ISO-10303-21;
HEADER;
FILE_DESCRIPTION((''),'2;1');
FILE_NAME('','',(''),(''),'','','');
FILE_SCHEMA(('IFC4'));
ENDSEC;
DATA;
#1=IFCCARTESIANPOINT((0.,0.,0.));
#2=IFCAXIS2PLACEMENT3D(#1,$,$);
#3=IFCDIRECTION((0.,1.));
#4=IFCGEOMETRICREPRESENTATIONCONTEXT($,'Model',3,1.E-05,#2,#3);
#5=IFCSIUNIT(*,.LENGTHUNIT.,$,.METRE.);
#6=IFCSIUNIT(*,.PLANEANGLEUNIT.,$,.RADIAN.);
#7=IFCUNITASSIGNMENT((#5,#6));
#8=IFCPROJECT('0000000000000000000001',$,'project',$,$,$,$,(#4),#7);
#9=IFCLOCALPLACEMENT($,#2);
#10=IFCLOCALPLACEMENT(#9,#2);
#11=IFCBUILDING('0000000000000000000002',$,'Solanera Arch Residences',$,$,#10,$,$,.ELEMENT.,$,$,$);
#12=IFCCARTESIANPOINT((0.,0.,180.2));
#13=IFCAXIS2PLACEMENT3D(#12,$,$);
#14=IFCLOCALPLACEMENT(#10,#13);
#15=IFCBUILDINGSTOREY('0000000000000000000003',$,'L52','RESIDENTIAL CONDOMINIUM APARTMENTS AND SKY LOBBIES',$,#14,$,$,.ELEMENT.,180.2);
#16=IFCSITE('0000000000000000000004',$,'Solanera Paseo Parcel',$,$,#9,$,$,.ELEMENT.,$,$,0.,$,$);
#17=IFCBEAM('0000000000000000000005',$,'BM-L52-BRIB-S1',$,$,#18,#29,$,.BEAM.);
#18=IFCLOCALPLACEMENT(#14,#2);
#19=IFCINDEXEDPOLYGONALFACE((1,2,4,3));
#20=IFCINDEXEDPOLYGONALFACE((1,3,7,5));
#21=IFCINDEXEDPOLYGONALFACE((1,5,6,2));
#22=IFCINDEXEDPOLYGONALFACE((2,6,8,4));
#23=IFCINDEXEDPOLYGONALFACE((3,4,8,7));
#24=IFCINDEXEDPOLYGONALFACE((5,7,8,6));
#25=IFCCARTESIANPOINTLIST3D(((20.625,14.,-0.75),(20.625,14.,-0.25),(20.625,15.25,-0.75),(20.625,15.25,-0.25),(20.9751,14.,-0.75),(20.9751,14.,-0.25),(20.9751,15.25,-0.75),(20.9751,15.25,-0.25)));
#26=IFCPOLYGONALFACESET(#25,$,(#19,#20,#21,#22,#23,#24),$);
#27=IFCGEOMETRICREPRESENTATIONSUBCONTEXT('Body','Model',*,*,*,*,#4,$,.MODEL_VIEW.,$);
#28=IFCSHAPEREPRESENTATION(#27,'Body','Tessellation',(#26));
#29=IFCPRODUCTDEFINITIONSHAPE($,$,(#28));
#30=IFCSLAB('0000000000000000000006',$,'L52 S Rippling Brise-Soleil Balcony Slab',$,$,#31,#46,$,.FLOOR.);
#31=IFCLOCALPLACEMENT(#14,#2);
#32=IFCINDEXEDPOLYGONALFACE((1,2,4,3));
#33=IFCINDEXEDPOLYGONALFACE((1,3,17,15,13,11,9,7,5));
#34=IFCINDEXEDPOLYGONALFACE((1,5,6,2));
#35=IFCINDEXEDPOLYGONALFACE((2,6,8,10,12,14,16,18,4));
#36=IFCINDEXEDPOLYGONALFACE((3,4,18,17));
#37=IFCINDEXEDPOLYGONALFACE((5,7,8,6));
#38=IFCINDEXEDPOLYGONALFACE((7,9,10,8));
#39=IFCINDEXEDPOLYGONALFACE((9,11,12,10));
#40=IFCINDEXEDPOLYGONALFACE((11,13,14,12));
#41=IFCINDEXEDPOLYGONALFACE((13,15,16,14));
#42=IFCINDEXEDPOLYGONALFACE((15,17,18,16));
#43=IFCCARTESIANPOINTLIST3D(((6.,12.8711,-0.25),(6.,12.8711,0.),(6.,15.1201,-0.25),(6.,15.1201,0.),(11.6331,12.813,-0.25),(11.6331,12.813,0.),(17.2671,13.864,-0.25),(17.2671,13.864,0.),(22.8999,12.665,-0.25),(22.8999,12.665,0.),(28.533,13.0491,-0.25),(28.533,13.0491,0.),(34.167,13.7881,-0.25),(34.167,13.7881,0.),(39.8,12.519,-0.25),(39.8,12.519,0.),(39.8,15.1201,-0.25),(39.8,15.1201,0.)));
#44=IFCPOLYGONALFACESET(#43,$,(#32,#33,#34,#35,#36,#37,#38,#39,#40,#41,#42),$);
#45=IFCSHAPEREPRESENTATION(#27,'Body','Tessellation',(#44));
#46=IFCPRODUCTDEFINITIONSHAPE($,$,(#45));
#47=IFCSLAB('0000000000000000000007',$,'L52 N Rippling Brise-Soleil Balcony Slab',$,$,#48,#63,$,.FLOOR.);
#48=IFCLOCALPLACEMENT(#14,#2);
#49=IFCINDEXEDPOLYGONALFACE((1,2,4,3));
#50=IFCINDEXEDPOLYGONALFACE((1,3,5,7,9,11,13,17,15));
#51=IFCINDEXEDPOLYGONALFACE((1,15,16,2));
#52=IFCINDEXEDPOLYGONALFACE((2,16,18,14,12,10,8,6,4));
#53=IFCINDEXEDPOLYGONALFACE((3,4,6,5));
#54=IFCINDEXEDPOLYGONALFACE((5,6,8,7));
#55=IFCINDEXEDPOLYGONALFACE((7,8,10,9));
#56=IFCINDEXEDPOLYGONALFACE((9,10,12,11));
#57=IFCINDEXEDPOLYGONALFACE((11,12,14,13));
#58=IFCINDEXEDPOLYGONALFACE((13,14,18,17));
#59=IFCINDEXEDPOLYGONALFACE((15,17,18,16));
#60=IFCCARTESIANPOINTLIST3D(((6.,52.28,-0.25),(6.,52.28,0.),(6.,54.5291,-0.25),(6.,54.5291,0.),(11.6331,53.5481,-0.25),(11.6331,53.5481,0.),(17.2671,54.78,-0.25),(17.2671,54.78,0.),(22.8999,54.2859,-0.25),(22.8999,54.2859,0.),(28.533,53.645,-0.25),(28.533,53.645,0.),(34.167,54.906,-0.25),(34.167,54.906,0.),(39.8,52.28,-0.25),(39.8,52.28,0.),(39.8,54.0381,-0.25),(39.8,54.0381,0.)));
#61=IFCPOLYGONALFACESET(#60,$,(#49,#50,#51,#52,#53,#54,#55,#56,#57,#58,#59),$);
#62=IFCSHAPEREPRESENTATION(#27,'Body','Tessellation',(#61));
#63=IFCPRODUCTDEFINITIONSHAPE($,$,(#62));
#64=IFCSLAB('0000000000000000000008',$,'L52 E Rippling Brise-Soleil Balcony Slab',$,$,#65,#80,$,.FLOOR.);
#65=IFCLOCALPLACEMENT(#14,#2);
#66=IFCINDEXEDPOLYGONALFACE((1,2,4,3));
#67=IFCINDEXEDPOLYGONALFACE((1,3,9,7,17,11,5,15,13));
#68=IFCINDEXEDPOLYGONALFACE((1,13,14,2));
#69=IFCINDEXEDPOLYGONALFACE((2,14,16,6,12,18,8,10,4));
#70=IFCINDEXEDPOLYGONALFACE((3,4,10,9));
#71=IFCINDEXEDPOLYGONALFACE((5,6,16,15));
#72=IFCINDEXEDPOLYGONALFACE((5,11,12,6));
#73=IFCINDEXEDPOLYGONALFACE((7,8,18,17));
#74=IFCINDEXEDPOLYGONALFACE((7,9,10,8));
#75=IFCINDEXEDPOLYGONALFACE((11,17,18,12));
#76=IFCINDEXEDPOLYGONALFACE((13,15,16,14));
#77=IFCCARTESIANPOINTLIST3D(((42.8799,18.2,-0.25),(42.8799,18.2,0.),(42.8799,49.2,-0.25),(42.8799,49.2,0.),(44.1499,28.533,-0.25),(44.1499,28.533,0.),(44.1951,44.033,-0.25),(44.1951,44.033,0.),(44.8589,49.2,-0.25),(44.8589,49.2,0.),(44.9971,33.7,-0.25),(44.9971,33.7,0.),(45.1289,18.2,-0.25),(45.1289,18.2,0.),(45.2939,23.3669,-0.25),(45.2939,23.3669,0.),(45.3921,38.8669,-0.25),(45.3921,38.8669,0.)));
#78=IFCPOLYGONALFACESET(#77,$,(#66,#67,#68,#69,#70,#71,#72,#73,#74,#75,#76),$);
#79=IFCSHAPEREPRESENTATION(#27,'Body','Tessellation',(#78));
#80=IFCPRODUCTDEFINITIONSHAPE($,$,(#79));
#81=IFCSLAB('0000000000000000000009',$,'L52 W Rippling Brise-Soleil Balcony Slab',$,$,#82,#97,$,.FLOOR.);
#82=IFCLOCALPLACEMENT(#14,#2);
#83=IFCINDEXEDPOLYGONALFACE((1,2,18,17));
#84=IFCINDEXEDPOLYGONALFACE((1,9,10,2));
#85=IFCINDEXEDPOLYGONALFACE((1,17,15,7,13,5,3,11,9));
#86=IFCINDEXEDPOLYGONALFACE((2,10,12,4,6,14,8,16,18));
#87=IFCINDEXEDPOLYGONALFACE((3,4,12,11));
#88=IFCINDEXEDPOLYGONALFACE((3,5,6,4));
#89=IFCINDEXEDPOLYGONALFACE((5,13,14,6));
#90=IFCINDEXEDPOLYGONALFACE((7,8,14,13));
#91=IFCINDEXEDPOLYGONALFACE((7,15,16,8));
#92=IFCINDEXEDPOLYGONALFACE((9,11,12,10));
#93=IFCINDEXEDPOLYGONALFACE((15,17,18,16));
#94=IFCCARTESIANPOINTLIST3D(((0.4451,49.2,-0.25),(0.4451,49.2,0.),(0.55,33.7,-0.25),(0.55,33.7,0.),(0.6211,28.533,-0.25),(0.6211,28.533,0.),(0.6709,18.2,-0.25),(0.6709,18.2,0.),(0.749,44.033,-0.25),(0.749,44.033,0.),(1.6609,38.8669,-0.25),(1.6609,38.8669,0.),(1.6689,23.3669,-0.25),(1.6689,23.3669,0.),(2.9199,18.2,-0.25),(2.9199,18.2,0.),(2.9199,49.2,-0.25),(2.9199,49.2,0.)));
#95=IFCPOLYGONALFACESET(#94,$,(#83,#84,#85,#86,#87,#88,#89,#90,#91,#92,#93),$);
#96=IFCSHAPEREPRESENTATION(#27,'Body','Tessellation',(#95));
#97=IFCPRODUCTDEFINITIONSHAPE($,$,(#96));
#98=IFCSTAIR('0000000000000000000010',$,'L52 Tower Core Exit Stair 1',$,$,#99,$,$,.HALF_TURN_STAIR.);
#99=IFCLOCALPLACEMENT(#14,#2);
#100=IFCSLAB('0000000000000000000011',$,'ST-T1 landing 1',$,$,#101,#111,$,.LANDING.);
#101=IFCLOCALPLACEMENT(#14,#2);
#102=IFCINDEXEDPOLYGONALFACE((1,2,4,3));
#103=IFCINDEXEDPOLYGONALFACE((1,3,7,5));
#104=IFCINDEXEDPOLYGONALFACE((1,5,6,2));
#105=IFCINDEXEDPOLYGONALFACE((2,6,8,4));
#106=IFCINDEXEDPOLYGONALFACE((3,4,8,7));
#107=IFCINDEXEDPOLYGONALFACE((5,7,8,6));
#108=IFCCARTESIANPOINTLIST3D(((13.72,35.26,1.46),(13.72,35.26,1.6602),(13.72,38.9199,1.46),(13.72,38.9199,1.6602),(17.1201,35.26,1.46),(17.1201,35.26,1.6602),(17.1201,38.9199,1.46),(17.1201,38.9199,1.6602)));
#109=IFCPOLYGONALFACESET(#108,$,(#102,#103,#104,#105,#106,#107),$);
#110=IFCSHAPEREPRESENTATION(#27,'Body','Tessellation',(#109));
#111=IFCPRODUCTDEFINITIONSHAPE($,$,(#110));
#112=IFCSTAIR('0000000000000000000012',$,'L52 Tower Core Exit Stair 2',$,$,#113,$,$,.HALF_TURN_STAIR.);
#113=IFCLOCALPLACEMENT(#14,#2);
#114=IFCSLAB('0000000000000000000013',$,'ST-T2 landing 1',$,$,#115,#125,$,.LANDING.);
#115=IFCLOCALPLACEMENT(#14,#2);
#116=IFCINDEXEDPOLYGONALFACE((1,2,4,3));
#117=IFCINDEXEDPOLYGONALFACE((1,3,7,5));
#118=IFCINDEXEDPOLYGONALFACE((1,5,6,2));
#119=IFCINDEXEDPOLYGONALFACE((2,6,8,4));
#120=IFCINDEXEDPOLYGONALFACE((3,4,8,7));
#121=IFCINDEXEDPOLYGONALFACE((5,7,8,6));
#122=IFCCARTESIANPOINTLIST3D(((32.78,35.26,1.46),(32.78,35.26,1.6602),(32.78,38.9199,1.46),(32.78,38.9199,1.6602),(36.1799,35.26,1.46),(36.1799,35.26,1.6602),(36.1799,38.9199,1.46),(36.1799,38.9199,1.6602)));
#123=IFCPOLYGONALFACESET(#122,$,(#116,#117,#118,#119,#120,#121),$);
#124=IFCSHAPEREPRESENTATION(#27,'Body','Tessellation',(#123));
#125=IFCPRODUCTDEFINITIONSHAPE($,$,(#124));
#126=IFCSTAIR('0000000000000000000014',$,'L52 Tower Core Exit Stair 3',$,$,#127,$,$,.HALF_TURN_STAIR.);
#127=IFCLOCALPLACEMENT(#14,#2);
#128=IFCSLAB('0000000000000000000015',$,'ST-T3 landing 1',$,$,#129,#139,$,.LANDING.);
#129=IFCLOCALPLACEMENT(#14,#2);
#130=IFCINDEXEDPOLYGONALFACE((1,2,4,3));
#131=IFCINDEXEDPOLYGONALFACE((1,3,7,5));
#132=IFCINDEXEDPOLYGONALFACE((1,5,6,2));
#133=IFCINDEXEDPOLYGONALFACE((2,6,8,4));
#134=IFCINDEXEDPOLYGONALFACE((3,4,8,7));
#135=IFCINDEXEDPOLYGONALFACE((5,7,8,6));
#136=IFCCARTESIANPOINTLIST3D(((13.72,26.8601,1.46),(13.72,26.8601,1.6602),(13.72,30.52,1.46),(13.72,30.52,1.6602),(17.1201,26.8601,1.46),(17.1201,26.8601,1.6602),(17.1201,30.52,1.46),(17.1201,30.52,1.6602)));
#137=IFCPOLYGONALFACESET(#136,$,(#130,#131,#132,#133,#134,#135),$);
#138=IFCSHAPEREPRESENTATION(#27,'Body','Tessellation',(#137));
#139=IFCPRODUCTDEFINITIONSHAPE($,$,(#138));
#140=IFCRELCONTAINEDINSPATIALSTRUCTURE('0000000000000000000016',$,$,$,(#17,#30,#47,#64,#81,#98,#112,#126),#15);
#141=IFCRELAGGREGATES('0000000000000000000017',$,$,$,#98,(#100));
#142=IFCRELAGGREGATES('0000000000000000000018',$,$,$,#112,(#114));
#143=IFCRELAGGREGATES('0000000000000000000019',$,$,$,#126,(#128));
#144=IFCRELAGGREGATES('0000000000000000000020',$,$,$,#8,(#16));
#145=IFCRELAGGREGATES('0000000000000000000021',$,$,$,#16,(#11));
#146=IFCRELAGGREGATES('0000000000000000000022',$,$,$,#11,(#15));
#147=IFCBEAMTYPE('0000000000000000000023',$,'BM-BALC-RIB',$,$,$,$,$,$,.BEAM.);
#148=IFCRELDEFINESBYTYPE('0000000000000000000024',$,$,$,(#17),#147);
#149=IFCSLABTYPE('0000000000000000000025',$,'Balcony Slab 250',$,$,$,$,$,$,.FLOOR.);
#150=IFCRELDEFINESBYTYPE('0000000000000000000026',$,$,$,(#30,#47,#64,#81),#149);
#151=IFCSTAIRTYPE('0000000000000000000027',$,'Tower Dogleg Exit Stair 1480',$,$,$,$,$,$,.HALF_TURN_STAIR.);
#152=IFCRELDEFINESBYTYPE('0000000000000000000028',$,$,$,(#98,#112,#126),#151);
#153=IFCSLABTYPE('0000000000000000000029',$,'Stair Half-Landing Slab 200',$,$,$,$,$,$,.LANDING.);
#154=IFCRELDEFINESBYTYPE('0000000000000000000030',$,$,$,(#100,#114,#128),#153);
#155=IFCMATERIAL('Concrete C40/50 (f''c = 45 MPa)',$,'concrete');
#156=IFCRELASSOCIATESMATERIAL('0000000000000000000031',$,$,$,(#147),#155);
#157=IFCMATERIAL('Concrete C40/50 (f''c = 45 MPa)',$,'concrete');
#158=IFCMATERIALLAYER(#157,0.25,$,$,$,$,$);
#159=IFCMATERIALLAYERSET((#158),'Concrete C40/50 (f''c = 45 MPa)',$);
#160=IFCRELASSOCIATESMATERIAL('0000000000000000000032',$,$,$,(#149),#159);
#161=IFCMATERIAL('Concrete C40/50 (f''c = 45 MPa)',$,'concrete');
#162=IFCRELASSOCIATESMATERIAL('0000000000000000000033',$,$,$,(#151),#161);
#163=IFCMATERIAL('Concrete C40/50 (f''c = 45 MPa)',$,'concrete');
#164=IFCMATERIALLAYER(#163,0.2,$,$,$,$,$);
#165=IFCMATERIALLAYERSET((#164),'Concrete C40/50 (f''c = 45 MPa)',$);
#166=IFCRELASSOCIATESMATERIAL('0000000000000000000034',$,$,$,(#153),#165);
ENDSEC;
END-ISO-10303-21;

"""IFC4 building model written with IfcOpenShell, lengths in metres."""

from ifc_helpers import new_model, si_unit, direction, frame, origin, origin_2d, place, context, subcontext, project, spatial, polyline, rectangle, outline, extrude, material, layer, layer_set, material_profile, profile_set, type_object, element, aggregate, save


model = new_model("IFC4")

# Units and contexts
model_context = context("Model", 3, precision=1e-05, world=origin(), true_north=direction((0.0, 1.0)))
body_context = subcontext(model_context, "Body", "Model", "MODEL_VIEW")
ifc_project = project(units=[si_unit("LENGTHUNIT", "METRE"), si_unit("PLANEANGLEUNIT", "RADIAN")], contexts=[model_context])

# Site, building, storey
site_placement = place(None, origin())
site = spatial("IfcSite", under=ifc_project, at=site_placement, Name="Solanera Paseo Parcel", CompositionType="ELEMENT", RefElevation=0.0)
building_placement = place(site_placement, origin())
building = spatial("IfcBuilding", under=site, at=building_placement, Name="Solanera Arch Residences", CompositionType="ELEMENT")
storey_placement = place(building_placement, frame((0.0, 0.0, 180.2)))
storey = spatial("IfcBuildingStorey", under=building, at=storey_placement, Name="L52", Description="RESIDENTIAL CONDOMINIUM APARTMENTS AND SKY LOBBIES", CompositionType="ELEMENT", Elevation=180.2)

# Beam
ifc_material_1 = material(Name="Concrete C40/50 (f'c = 45 MPa)", Category="concrete")
ifc_material_profile = material_profile(ifc_material_1, rectangle(XDim=0.3501, YDim=0.5, at=origin_2d()))
ifc_profile_set = profile_set([ifc_material_profile], Name="Concrete C40/50 (f'c = 45 MPa)")
beam_type = type_object("IfcBeamType", Name="BM-BALC-RIB", PredefinedType="BEAM", material=ifc_profile_set)
beam_placement = place(storey_placement, frame((20.8, 14.0, -0.5), z_axis=(0.0, 1.0, 0.0), x_axis=(-1.0, 0.0, 0.0)))
element("IfcBeam", 1, at=beam_placement, inside=storey, type_object=beam_type, Name="BM-L52-BRIB-S1", PredefinedType="BEAM", context=body_context, shape_type="SweptSolid", body=[
    extrude(rectangle(XDim=0.3501, YDim=0.5, at=origin_2d()), origin(), (0.0, 0.0, 1.0), 1.25),
])

# Slabs
ifc_material_2 = material(Name="Concrete C40/50 (f'c = 45 MPa)", Category="concrete")
ifc_layer_1 = layer(ifc_material_2, 0.25)
ifc_layer_set_1 = layer_set([ifc_layer_1], Name="Concrete C40/50 (f'c = 45 MPa)")
slab_type_1 = type_object("IfcSlabType", Name="Balcony Slab 250", PredefinedType="FLOOR", material=ifc_layer_set_1)
slab_1_placement = place(storey_placement, frame((0.0, 0.0, -0.25)))
element("IfcSlab", 2, at=slab_1_placement, inside=storey, type_object=slab_type_1, Name="L52 S Rippling Brise-Soleil Balcony Slab", PredefinedType="FLOOR", context=body_context, shape_type="SweptSolid", body=[
    extrude(outline(polyline([(6.0, 12.8711), (11.6331, 12.813), (17.2671, 13.864), (22.8999, 12.665), (28.533, 13.0491), (34.167, 13.7881), (39.8, 12.519), (39.8, 15.1201), (6.0, 15.1201), (6.0, 12.8711)])), origin(), (0.0, 0.0, 1.0), 0.25),
])
slab_2_placement = place(storey_placement, frame((0.0, 0.0, -0.25)))
element("IfcSlab", 3, at=slab_2_placement, inside=storey, type_object=slab_type_1, Name="L52 N Rippling Brise-Soleil Balcony Slab", PredefinedType="FLOOR", context=body_context, shape_type="SweptSolid", body=[
    extrude(outline(polyline([(39.8, 54.0381), (34.167, 54.906), (28.533, 53.645), (22.8999, 54.2859), (17.2671, 54.78), (11.6331, 53.5481), (6.0, 54.5291), (6.0, 52.28), (39.8, 52.28), (39.8, 54.0381)])), origin(), (0.0, 0.0, 1.0), 0.25),
])
slab_3_placement = place(storey_placement, frame((0.0, 0.0, -0.25)))
element("IfcSlab", 4, at=slab_3_placement, inside=storey, type_object=slab_type_1, Name="L52 E Rippling Brise-Soleil Balcony Slab", PredefinedType="FLOOR", context=body_context, shape_type="SweptSolid", body=[
    extrude(outline(polyline([(45.1289, 18.2), (45.2939, 23.3669), (44.1499, 28.533), (44.9971, 33.7), (45.3921, 38.8669), (44.1951, 44.033), (44.8589, 49.2), (42.8799, 49.2), (42.8799, 18.2), (45.1289, 18.2)])), origin(), (0.0, 0.0, 1.0), 0.25),
])
slab_4_placement = place(storey_placement, frame((0.0, 0.0, -0.25)))
element("IfcSlab", 5, at=slab_4_placement, inside=storey, type_object=slab_type_1, Name="L52 W Rippling Brise-Soleil Balcony Slab", PredefinedType="FLOOR", context=body_context, shape_type="SweptSolid", body=[
    extrude(outline(polyline([(0.4451, 49.2), (0.749, 44.033), (1.6609, 38.8669), (0.55, 33.7), (0.6211, 28.533), (1.6689, 23.3669), (0.6709, 18.2), (2.9199, 18.2), (2.9199, 49.2), (0.4451, 49.2)])), origin(), (0.0, 0.0, 1.0), 0.25),
])

# Stairs, slabs
ifc_material_3 = material(Name="Concrete C40/50 (f'c = 45 MPa)", Category="concrete")
stair_type = type_object("IfcStairType", Name="Tower Dogleg Exit Stair 1480", PredefinedType="HALF_TURN_STAIR", material=ifc_material_3)
stair_1_placement = place(storey_placement, origin())
stair_1 = element("IfcStair", 6, at=stair_1_placement, inside=storey, type_object=stair_type, Name="L52 Tower Core Exit Stair 1", PredefinedType="HALF_TURN_STAIR")
ifc_material_4 = material(Name="Concrete C40/50 (f'c = 45 MPa)", Category="concrete")
ifc_layer_2 = layer(ifc_material_4, 0.2)
ifc_layer_set_2 = layer_set([ifc_layer_2], Name="Concrete C40/50 (f'c = 45 MPa)")
slab_type_2 = type_object("IfcSlabType", Name="Stair Half-Landing Slab 200", PredefinedType="LANDING", material=ifc_layer_set_2)
slab_5_placement = place(storey_placement, frame((0.0, 0.0, 1.46)))
slab_5 = element("IfcSlab", 7, at=slab_5_placement, type_object=slab_type_2, Name="ST-T1 landing 1", PredefinedType="LANDING", context=body_context, shape_type="SweptSolid", body=[
    extrude(outline(polyline([(17.1201, 35.26), (17.1201, 38.9199), (13.72, 38.9199), (13.72, 35.26), (17.1201, 35.26)])), origin(), (0.0, 0.0, 1.0), 0.2002),
])
aggregate(stair_1, [slab_5])
stair_2_placement = place(storey_placement, origin())
stair_2 = element("IfcStair", 8, at=stair_2_placement, inside=storey, type_object=stair_type, Name="L52 Tower Core Exit Stair 2", PredefinedType="HALF_TURN_STAIR")
slab_6_placement = place(storey_placement, frame((0.0, 0.0, 1.46)))
slab_6 = element("IfcSlab", 9, at=slab_6_placement, type_object=slab_type_2, Name="ST-T2 landing 1", PredefinedType="LANDING", context=body_context, shape_type="SweptSolid", body=[
    extrude(outline(polyline([(36.1799, 35.26), (36.1799, 38.9199), (32.78, 38.9199), (32.78, 35.26), (36.1799, 35.26)])), origin(), (0.0, 0.0, 1.0), 0.2002),
])
aggregate(stair_2, [slab_6])
stair_3_placement = place(storey_placement, origin())
stair_3 = element("IfcStair", 10, at=stair_3_placement, inside=storey, type_object=stair_type, Name="L52 Tower Core Exit Stair 3", PredefinedType="HALF_TURN_STAIR")
slab_7_placement = place(storey_placement, frame((0.0, 0.0, 1.46)))
slab_7 = element("IfcSlab", 11, at=slab_7_placement, type_object=slab_type_2, Name="ST-T3 landing 1", PredefinedType="LANDING", context=body_context, shape_type="SweptSolid", body=[
    extrude(outline(polyline([(17.1201, 26.8601), (17.1201, 30.52), (13.72, 30.52), (13.72, 26.8601), (17.1201, 26.8601)])), origin(), (0.0, 0.0, 1.0), 0.2002),
])
aggregate(stair_3, [slab_7])

save(model, "model.ifc")
